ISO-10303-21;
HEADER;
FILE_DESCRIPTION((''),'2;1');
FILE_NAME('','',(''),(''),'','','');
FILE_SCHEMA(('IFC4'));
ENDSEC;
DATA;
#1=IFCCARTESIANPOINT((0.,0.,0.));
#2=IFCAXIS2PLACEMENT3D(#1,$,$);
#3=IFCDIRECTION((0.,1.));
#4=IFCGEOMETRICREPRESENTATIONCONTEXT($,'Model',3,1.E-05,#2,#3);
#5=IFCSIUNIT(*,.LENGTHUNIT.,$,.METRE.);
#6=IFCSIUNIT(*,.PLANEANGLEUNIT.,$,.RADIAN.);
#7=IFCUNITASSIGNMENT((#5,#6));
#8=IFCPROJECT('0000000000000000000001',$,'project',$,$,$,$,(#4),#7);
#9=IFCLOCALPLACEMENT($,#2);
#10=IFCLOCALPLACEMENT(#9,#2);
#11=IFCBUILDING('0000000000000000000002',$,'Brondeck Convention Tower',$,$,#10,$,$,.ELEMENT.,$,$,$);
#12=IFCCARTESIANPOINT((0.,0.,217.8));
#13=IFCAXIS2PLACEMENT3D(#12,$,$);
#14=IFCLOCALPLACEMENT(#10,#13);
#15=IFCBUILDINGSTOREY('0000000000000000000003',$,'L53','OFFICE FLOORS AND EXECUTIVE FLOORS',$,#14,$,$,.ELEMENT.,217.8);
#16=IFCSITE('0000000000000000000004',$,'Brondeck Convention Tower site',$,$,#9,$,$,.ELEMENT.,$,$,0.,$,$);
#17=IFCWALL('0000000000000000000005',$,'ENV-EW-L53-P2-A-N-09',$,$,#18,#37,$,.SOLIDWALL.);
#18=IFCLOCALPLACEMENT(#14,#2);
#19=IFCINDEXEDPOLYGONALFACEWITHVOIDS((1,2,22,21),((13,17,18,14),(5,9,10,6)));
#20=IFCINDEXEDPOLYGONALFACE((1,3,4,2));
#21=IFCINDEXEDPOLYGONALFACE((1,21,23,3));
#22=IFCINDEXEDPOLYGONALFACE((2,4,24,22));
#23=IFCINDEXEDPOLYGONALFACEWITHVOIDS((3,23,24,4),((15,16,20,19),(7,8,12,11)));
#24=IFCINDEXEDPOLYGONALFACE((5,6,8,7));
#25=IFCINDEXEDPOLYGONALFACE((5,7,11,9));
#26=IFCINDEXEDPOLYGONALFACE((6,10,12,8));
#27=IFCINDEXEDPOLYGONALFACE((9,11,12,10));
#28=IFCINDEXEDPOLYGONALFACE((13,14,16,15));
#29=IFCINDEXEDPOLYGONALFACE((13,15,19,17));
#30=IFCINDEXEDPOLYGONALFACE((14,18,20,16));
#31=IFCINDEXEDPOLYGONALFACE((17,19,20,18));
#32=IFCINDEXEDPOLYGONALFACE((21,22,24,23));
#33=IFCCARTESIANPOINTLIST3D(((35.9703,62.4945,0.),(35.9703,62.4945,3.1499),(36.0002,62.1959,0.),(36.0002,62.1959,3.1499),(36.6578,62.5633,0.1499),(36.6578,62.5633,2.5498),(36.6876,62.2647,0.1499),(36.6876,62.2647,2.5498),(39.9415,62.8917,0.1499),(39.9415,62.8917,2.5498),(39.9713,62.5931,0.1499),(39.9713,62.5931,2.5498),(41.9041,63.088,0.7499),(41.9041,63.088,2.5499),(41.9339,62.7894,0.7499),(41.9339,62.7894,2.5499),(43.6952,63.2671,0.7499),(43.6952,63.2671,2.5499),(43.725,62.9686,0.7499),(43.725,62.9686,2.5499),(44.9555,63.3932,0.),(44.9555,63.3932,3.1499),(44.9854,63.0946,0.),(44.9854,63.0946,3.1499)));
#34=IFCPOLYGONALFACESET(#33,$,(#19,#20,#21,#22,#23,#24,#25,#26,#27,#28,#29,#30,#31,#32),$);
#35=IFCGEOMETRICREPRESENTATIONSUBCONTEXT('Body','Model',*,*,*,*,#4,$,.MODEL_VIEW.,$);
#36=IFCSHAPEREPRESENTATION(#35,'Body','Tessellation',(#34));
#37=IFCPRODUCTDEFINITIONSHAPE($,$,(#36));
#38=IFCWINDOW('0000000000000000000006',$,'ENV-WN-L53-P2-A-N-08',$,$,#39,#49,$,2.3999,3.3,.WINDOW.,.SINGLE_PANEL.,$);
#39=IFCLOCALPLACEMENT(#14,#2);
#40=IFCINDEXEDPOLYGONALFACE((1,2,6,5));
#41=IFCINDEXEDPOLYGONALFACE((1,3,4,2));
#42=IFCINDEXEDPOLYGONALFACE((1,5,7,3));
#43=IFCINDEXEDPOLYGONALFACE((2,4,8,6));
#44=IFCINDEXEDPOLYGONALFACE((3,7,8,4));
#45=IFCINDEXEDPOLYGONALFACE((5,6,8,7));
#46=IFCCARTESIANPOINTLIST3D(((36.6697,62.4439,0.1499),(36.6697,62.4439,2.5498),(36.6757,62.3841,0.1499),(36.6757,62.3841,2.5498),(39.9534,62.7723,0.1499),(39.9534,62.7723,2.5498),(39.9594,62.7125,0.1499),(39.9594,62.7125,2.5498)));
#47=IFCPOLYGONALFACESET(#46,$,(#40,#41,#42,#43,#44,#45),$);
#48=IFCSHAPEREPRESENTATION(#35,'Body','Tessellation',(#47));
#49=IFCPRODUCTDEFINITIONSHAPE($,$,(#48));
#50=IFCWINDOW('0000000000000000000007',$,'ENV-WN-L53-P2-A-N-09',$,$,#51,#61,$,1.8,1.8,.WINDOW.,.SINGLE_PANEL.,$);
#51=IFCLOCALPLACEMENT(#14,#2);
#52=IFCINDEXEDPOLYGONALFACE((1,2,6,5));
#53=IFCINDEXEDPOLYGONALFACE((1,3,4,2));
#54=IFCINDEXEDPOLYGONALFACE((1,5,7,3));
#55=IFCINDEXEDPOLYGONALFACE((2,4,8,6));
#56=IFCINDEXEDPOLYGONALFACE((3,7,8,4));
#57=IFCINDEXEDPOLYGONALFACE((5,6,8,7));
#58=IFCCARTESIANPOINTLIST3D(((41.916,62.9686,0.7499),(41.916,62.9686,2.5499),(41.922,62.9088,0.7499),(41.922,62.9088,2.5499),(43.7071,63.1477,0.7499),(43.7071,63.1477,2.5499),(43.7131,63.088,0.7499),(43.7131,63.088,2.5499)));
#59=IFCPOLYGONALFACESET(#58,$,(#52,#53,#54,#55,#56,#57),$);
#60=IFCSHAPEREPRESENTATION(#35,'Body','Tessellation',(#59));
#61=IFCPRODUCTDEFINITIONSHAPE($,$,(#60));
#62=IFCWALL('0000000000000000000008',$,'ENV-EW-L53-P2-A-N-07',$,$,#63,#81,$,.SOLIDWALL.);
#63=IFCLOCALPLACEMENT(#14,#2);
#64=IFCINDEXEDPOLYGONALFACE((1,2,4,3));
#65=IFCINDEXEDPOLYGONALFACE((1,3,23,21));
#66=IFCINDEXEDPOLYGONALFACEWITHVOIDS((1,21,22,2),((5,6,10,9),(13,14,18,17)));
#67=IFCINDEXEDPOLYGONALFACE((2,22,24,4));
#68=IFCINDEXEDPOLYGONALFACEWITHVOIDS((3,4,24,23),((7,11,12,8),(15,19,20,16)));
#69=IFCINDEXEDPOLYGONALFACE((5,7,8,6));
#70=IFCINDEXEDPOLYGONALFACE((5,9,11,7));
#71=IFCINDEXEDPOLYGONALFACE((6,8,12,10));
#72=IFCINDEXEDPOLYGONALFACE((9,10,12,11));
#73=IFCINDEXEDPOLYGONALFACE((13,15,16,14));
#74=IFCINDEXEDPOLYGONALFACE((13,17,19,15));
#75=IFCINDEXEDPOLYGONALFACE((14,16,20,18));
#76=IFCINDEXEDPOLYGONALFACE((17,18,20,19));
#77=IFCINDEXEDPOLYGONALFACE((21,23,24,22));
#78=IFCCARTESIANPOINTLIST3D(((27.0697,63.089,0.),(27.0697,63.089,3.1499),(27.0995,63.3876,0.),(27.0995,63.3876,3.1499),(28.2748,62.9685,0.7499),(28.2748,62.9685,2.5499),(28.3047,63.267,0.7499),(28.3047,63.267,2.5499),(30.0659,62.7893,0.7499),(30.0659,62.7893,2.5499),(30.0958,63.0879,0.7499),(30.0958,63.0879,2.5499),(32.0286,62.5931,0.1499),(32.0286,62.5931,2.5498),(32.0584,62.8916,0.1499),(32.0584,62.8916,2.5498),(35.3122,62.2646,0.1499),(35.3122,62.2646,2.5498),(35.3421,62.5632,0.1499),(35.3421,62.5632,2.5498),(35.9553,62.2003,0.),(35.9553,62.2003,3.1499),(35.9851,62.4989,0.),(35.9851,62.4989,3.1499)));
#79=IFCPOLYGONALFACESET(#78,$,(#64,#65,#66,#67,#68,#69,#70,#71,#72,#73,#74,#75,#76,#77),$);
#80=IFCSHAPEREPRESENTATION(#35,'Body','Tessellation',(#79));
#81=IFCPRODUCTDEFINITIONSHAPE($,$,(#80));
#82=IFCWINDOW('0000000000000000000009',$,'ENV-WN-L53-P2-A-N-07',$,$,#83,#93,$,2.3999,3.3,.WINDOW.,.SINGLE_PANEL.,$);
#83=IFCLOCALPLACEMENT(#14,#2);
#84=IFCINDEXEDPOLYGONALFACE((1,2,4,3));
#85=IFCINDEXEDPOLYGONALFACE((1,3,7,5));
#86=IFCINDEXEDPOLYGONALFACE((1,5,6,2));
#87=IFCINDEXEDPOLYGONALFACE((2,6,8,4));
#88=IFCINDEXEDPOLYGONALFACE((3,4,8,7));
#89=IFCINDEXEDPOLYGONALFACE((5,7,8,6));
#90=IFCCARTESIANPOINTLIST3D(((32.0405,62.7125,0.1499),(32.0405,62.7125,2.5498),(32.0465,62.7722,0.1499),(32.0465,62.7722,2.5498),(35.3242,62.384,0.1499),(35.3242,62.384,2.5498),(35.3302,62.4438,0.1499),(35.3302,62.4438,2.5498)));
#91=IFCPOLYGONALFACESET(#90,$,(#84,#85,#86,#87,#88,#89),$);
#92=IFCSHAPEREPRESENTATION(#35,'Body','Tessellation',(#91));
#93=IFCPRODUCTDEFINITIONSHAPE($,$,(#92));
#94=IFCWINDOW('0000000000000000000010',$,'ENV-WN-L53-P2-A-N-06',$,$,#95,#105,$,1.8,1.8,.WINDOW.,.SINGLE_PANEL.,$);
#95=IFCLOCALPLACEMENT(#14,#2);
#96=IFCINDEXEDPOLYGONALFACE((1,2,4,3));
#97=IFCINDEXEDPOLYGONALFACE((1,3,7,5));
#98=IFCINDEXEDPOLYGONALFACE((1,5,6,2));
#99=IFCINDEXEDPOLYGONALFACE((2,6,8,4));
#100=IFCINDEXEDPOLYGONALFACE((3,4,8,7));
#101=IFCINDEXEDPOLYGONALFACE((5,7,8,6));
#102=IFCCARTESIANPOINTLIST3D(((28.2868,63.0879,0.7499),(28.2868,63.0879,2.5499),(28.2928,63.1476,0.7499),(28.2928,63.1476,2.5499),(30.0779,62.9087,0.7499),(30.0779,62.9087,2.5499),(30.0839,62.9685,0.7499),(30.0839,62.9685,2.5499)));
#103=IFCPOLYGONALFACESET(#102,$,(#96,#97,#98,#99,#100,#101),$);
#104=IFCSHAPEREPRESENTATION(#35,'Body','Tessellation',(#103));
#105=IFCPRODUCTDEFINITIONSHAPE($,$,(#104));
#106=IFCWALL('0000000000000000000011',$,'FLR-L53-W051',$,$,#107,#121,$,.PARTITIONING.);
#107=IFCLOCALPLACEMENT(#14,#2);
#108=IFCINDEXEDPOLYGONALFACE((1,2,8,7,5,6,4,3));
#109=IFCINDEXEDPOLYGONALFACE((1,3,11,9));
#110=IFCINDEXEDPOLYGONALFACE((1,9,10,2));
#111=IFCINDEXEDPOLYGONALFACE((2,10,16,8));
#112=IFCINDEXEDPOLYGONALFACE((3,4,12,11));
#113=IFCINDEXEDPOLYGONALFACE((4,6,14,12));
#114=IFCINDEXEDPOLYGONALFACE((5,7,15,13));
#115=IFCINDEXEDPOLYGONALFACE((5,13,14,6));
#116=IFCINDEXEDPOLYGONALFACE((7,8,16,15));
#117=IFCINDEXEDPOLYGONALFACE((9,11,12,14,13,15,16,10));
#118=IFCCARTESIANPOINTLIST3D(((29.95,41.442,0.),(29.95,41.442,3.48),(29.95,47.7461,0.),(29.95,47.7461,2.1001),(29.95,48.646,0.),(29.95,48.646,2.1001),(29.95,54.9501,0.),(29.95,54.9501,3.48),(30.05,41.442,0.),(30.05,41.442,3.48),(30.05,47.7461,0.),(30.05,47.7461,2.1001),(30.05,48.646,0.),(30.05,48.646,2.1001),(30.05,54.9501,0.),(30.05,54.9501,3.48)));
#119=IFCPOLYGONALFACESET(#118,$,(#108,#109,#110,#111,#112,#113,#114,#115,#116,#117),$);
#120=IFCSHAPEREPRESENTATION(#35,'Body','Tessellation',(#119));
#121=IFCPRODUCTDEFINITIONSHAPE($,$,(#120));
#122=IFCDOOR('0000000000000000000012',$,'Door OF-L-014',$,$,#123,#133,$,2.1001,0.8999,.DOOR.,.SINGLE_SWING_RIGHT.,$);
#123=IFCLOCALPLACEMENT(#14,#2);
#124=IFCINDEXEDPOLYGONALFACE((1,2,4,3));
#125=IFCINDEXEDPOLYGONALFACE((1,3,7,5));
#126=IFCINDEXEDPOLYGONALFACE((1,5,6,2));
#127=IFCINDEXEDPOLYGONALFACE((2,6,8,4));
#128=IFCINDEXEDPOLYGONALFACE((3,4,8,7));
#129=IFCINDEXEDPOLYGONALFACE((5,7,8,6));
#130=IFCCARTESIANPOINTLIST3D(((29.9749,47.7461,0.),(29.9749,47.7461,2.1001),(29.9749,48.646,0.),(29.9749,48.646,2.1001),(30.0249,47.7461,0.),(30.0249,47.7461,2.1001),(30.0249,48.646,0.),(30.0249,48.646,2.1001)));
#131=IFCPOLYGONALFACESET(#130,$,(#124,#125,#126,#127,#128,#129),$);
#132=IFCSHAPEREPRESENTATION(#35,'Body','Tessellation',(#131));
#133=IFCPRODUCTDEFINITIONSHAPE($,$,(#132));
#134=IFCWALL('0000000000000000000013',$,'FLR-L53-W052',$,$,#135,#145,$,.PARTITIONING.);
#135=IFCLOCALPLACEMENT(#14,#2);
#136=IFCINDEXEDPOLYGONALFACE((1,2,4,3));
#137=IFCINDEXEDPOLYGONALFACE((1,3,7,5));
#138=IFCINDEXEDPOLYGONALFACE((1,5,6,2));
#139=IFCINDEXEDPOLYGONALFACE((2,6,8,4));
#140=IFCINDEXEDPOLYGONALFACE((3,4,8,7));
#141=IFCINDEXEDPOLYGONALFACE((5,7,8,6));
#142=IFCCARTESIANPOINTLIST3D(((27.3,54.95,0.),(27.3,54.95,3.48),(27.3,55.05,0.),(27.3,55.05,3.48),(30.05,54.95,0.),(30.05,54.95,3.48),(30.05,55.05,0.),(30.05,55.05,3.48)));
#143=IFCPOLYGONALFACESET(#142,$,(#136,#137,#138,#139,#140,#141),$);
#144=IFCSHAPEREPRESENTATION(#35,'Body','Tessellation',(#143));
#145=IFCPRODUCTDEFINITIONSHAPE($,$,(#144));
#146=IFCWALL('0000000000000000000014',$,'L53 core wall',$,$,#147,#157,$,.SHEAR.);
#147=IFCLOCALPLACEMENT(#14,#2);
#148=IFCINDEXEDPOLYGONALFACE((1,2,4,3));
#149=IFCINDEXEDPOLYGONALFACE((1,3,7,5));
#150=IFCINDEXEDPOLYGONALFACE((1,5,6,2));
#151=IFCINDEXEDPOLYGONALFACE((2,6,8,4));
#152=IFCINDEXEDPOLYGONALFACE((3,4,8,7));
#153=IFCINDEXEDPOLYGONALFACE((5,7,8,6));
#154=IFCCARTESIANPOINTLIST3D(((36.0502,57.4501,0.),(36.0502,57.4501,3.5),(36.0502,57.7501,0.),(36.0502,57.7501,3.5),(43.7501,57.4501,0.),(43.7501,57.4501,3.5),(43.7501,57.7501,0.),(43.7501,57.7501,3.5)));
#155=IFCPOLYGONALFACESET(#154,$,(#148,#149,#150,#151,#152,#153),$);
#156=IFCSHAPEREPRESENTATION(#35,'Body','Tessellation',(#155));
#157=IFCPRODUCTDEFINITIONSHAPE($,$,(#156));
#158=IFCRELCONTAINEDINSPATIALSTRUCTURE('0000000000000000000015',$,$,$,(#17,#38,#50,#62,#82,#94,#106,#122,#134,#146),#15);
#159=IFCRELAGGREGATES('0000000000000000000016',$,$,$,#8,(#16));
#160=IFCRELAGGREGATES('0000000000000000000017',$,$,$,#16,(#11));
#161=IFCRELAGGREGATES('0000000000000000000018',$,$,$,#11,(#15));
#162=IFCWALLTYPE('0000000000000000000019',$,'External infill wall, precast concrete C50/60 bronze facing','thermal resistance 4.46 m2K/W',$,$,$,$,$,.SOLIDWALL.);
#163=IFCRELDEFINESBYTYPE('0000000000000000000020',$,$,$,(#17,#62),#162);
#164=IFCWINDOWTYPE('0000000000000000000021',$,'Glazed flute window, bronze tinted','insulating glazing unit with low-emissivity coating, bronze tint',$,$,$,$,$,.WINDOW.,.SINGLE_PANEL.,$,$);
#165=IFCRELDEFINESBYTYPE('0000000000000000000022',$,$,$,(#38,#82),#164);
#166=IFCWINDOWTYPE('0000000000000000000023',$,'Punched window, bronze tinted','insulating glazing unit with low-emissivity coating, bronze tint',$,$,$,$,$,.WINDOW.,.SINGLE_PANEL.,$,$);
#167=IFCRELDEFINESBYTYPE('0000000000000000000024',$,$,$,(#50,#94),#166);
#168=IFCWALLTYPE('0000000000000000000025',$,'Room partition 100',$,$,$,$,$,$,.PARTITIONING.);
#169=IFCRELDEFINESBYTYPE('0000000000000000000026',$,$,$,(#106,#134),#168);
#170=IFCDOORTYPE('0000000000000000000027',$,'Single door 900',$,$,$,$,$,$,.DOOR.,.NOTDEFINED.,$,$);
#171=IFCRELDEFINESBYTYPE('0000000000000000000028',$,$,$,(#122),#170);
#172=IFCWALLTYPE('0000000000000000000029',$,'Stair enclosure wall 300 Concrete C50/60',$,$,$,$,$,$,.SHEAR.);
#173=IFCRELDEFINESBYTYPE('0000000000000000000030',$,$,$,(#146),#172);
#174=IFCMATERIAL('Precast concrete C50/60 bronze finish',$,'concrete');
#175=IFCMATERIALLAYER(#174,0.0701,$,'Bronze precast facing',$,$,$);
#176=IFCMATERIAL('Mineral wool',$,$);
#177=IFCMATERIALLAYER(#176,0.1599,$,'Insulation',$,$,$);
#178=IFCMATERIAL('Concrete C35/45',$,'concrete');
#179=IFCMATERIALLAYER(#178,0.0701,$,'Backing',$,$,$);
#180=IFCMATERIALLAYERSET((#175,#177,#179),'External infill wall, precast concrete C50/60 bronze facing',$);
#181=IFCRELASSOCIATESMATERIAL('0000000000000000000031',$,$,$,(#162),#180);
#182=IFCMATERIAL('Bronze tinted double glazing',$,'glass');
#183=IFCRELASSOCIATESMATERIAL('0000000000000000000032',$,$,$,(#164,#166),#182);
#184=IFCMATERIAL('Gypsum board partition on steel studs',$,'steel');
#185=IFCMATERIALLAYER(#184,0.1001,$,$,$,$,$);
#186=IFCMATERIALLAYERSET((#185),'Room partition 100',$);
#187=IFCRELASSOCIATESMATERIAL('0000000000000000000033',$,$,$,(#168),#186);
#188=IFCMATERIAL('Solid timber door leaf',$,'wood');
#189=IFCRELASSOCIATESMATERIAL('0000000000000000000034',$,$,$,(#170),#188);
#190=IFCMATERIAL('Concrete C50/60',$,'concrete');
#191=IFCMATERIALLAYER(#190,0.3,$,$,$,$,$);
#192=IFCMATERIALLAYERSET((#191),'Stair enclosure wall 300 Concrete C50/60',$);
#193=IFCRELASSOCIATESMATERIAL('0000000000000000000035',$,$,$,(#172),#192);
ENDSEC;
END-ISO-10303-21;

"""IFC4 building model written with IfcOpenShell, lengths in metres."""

from ifc_helpers import new_model, si_unit, direction, frame, frame_2d, origin, place, context, subcontext, project, spatial, rectangle, extrude, material, layer, layer_set, type_object, element, fill, save


model = new_model("IFC4")

# Units and contexts
model_context = context("Model", 3, precision=1e-05, world=origin(), true_north=direction((0.0, 1.0)))
body_context = subcontext(model_context, "Body", "Model", "MODEL_VIEW")
ifc_project = project(units=[si_unit("LENGTHUNIT", "METRE"), si_unit("PLANEANGLEUNIT", "RADIAN")], contexts=[model_context])

# Site, building, storey
site_placement = place(None, origin())
site = spatial("IfcSite", under=ifc_project, at=site_placement, Name="Brondeck Convention Tower site", CompositionType="ELEMENT", RefElevation=0.0)
building_placement = place(site_placement, origin())
building = spatial("IfcBuilding", under=site, at=building_placement, Name="Brondeck Convention Tower", CompositionType="ELEMENT")
storey_placement = place(building_placement, frame((0.0, 0.0, 217.8)))
storey = spatial("IfcBuildingStorey", under=building, at=storey_placement, Name="L53", Description="OFFICE FLOORS AND EXECUTIVE FLOORS", CompositionType="ELEMENT", Elevation=217.8)

# Shared definitions
ifc_material_1 = material(Name="Concrete C50/60", Category="concrete")

# Walls, openings, windows
ifc_material_2 = material(Name="Precast concrete C50/60 bronze finish", Category="concrete")
ifc_layer_1 = layer(ifc_material_2, 0.0701, Name="Bronze precast facing")
ifc_material_3 = material(Name="Mineral wool")
ifc_layer_2 = layer(ifc_material_3, 0.1599, Name="Insulation")
ifc_material_4 = material(Name="Concrete C35/45", Category="concrete")
ifc_layer_3 = layer(ifc_material_4, 0.0701, Name="Backing")
ifc_layer_set_1 = layer_set([ifc_layer_1, ifc_layer_2, ifc_layer_3], Name="External infill wall, precast concrete C50/60 bronze facing")
wall_type_1 = type_object("IfcWallType", Name="External infill wall, precast concrete C50/60 bronze facing", Description="thermal resistance 4.46 m2K/W", PredefinedType="SOLIDWALL", material=ifc_layer_set_1)
wall_1_placement = place(storey_placement, frame((35.9851, 62.3452, 0.0), z_axis=(0.0, 0.0, 1.0), x_axis=(0.995035, 0.099522, 0.0)))
wall_1 = element("IfcWall", 1, at=wall_1_placement, inside=storey, type_object=wall_type_1, Name="ENV-EW-L53-P2-A-N-09", PredefinedType="SOLIDWALL", context=body_context, shape_type="SweptSolid", body=[
    extrude(rectangle(XDim=9.03, YDim=0.3, at=frame_2d((4.5151, 0.0))), origin(), (0.0, 0.0, 1.0), 3.1499),
])
opening_1_placement = place(wall_1_placement, frame((0.6912, 0.0, 0.1499)))
opening_1 = element("IfcOpeningElement", 2, at=opening_1_placement, cuts=wall_1, PredefinedType="OPENING", context=body_context, shape_type="SweptSolid", body=[
    extrude(rectangle(XDim=3.3, YDim=2.3999, at=frame_2d((1.6499, 1.2))), frame((0.0, 0.1599, 0.0), z_axis=(0.0, -1.0, 0.0), x_axis=(1.0, 0.0, 0.0)), (0.0, 0.0, 1.0), 0.3201),
])
opening_2_placement = place(wall_1_placement, frame((5.9636, 0.0, 0.75)))
opening_2 = element("IfcOpeningElement", 3, at=opening_2_placement, cuts=wall_1, PredefinedType="OPENING", context=body_context, shape_type="SweptSolid", body=[
    extrude(rectangle(XDim=1.8, YDim=1.8, at=frame_2d((0.8999, 0.8999))), frame((0.0, 0.1599, 0.0), z_axis=(0.0, -1.0, 0.0), x_axis=(1.0, 0.0, 0.0)), (0.0, 0.0, 1.0), 0.3201),
])
ifc_material_5 = material(Name="Bronze tinted double glazing", Category="glass")
window_type_1 = type_object("IfcWindowType", Name="Glazed flute window, bronze tinted", Description="insulating glazing unit with low-emissivity coating, bronze tint", PartitioningType="SINGLE_PANEL", PredefinedType="WINDOW", material=ifc_material_5)
window_1_placement = place(opening_1_placement, origin())
window_1 = element("IfcWindow", 4, at=window_1_placement, inside=storey, type_object=window_type_1, Name="ENV-WN-L53-P2-A-N-08", OverallHeight=2.3999, OverallWidth=3.3, PartitioningType="SINGLE_PANEL", PredefinedType="WINDOW", context=body_context, shape_type="SweptSolid", body=[
    extrude(rectangle(XDim=3.3, YDim=2.3999, at=frame_2d((1.6499, 1.2))), frame((0.0, 0.03, 0.0), z_axis=(0.0, -1.0, 0.0), x_axis=(1.0, 0.0, 0.0)), (0.0, 0.0, 1.0), 0.0601),
])
fill(opening_1, window_1)
window_type_2 = type_object("IfcWindowType", Name="Punched window, bronze tinted", Description="insulating glazing unit with low-emissivity coating, bronze tint", PartitioningType="SINGLE_PANEL", PredefinedType="WINDOW", material=ifc_material_5)
window_2_placement = place(opening_2_placement, origin())
window_2 = element("IfcWindow", 5, at=window_2_placement, inside=storey, type_object=window_type_2, Name="ENV-WN-L53-P2-A-N-09", OverallHeight=1.8, OverallWidth=1.8, PartitioningType="SINGLE_PANEL", PredefinedType="WINDOW", context=body_context, shape_type="SweptSolid", body=[
    extrude(rectangle(XDim=1.8, YDim=1.8, at=frame_2d((0.8999, 0.8999))), frame((0.0, 0.03, 0.0), z_axis=(0.0, -1.0, 0.0), x_axis=(1.0, 0.0, 0.0)), (0.0, 0.0, 1.0), 0.0601),
])
fill(opening_2, window_2)
wall_2_placement = place(storey_placement, frame((27.0847, 63.2383, 0.0), z_axis=(0.0, 0.0, 1.0), x_axis=(0.995036, -0.099517, 0.0)))
wall_2 = element("IfcWall", 6, at=wall_2_placement, inside=storey, type_object=wall_type_1, Name="ENV-EW-L53-P2-A-N-07", PredefinedType="SOLIDWALL", context=body_context, shape_type="SweptSolid", body=[
    extrude(rectangle(XDim=8.9299, YDim=0.3, at=frame_2d((4.4648, 0.0))), origin(), (0.0, 0.0, 1.0), 3.1499),
])
opening_3_placement = place(wall_2_placement, frame((1.2112, 0.0, 0.75)))
opening_3 = element("IfcOpeningElement", 7, at=opening_3_placement, cuts=wall_2, PredefinedType="OPENING", context=body_context, shape_type="SweptSolid", body=[
    extrude(rectangle(XDim=1.8, YDim=1.8, at=frame_2d((0.8999, 0.8999))), frame((0.0, 0.1599, 0.0), z_axis=(0.0, -1.0, 0.0), x_axis=(1.0, 0.0, 0.0)), (0.0, 0.0, 1.0), 0.3201),
])
opening_4_placement = place(wall_2_placement, frame((4.9836, 0.0, 0.1499)))
opening_4 = element("IfcOpeningElement", 8, at=opening_4_placement, cuts=wall_2, PredefinedType="OPENING", context=body_context, shape_type="SweptSolid", body=[
    extrude(rectangle(XDim=3.3, YDim=2.3999, at=frame_2d((1.6499, 1.2))), frame((0.0, 0.1599, 0.0), z_axis=(0.0, -1.0, 0.0), x_axis=(1.0, 0.0, 0.0)), (0.0, 0.0, 1.0), 0.3201),
])
window_3_placement = place(opening_4_placement, origin())
window_3 = element("IfcWindow", 9, at=window_3_placement, inside=storey, type_object=window_type_1, Name="ENV-WN-L53-P2-A-N-07", OverallHeight=2.3999, OverallWidth=3.3, PartitioningType="SINGLE_PANEL", PredefinedType="WINDOW", context=body_context, shape_type="SweptSolid", body=[
    extrude(rectangle(XDim=3.3, YDim=2.3999, at=frame_2d((1.6499, 1.2))), frame((0.0, 0.03, 0.0), z_axis=(0.0, -1.0, 0.0), x_axis=(1.0, 0.0, 0.0)), (0.0, 0.0, 1.0), 0.0601),
])
fill(opening_4, window_3)
window_4_placement = place(opening_3_placement, origin())
window_4 = element("IfcWindow", 10, at=window_4_placement, inside=storey, type_object=window_type_2, Name="ENV-WN-L53-P2-A-N-06", OverallHeight=1.8, OverallWidth=1.8, PartitioningType="SINGLE_PANEL", PredefinedType="WINDOW", context=body_context, shape_type="SweptSolid", body=[
    extrude(rectangle(XDim=1.8, YDim=1.8, at=frame_2d((0.8999, 0.8999))), frame((0.0, 0.03, 0.0), z_axis=(0.0, -1.0, 0.0), x_axis=(1.0, 0.0, 0.0)), (0.0, 0.0, 1.0), 0.0601),
])
fill(opening_3, window_4)

# Wall, opening, door
ifc_material_6 = material(Name="Gypsum board partition on steel studs", Category="steel")
ifc_layer_4 = layer(ifc_material_6, 0.1001)
ifc_layer_set_2 = layer_set([ifc_layer_4], Name="Room partition 100")
wall_type_2 = type_object("IfcWallType", Name="Room partition 100", PredefinedType="PARTITIONING", material=ifc_layer_set_2)
wall_3_placement = place(storey_placement, frame((30.0, 54.95, 0.0), z_axis=(0.0, 0.0, 1.0), x_axis=(0.0, -1.0, 0.0)))
wall_3 = element("IfcWall", 11, at=wall_3_placement, inside=storey, type_object=wall_type_2, Name="FLR-L53-W051", PredefinedType="PARTITIONING", context=body_context, shape_type="SweptSolid", body=[
    extrude(rectangle(XDim=13.5081, YDim=0.1001, at=frame_2d((6.7539, 0.0))), origin(), (0.0, 0.0, 1.0), 3.48),
])
opening_5_placement = place(wall_3_placement, frame((6.304, 0.0, 0.0)))
opening_5 = element("IfcOpeningElement", 12, at=opening_5_placement, cuts=wall_3, PredefinedType="OPENING", context=body_context, shape_type="SweptSolid", body=[
    extrude(rectangle(XDim=0.8999, YDim=2.1001, at=frame_2d((0.45, 1.05))), frame((0.0, 0.0601, 0.0), z_axis=(0.0, -1.0, 0.0), x_axis=(1.0, 0.0, 0.0)), (0.0, 0.0, 1.0), 0.1201),
])
ifc_material_7 = material(Name="Solid timber door leaf", Category="wood")
door_type = type_object("IfcDoorType", Name="Single door 900", OperationType="NOTDEFINED", PredefinedType="DOOR", material=ifc_material_7)
door_placement = place(opening_5_placement, origin())
door = element("IfcDoor", 13, at=door_placement, inside=storey, type_object=door_type, Name="Door OF-L-014", OperationType="SINGLE_SWING_RIGHT", OverallHeight=2.1001, OverallWidth=0.8999, PredefinedType="DOOR", context=body_context, shape_type="SweptSolid", body=[
    extrude(rectangle(XDim=0.8999, YDim=2.1001, at=frame_2d((0.45, 1.05))), frame((0.0, 0.0249, 0.0), z_axis=(0.0, -1.0, 0.0), x_axis=(1.0, 0.0, 0.0)), (0.0, 0.0, 1.0), 0.05),
])
fill(opening_5, door)

# Walls
wall_4_placement = place(storey_placement, frame((27.3, 55.0, 0.0), z_axis=(0.0, 0.0, 1.0), x_axis=(1.0, 0.0, 0.0)))
element("IfcWall", 14, at=wall_4_placement, inside=storey, type_object=wall_type_2, Name="FLR-L53-W052", PredefinedType="PARTITIONING", context=body_context, shape_type="SweptSolid", body=[
    extrude(rectangle(XDim=2.75, YDim=0.1001, at=frame_2d((1.375, 0.0))), origin(), (0.0, 0.0, 1.0), 3.48),
])
ifc_layer_5 = layer(ifc_material_1, 0.3)
ifc_layer_set_3 = layer_set([ifc_layer_5], Name="Stair enclosure wall 300 Concrete C50/60")
wall_type_3 = type_object("IfcWallType", Name="Stair enclosure wall 300 Concrete C50/60", PredefinedType="SHEAR", material=ifc_layer_set_3)
wall_5_placement = place(storey_placement, frame((36.05, 57.6001, 0.0), z_axis=(0.0, 0.0, 1.0), x_axis=(1.0, 0.0, 0.0)))
element("IfcWall", 15, at=wall_5_placement, inside=storey, type_object=wall_type_3, Name="L53 core wall", PredefinedType="SHEAR", context=body_context, shape_type="SweptSolid", body=[
    extrude(rectangle(XDim=7.7, YDim=0.3, at=frame_2d((3.8501, 0.0))), origin(), (0.0, 0.0, 1.0), 3.5),
])

save(model, "model.ifc")
